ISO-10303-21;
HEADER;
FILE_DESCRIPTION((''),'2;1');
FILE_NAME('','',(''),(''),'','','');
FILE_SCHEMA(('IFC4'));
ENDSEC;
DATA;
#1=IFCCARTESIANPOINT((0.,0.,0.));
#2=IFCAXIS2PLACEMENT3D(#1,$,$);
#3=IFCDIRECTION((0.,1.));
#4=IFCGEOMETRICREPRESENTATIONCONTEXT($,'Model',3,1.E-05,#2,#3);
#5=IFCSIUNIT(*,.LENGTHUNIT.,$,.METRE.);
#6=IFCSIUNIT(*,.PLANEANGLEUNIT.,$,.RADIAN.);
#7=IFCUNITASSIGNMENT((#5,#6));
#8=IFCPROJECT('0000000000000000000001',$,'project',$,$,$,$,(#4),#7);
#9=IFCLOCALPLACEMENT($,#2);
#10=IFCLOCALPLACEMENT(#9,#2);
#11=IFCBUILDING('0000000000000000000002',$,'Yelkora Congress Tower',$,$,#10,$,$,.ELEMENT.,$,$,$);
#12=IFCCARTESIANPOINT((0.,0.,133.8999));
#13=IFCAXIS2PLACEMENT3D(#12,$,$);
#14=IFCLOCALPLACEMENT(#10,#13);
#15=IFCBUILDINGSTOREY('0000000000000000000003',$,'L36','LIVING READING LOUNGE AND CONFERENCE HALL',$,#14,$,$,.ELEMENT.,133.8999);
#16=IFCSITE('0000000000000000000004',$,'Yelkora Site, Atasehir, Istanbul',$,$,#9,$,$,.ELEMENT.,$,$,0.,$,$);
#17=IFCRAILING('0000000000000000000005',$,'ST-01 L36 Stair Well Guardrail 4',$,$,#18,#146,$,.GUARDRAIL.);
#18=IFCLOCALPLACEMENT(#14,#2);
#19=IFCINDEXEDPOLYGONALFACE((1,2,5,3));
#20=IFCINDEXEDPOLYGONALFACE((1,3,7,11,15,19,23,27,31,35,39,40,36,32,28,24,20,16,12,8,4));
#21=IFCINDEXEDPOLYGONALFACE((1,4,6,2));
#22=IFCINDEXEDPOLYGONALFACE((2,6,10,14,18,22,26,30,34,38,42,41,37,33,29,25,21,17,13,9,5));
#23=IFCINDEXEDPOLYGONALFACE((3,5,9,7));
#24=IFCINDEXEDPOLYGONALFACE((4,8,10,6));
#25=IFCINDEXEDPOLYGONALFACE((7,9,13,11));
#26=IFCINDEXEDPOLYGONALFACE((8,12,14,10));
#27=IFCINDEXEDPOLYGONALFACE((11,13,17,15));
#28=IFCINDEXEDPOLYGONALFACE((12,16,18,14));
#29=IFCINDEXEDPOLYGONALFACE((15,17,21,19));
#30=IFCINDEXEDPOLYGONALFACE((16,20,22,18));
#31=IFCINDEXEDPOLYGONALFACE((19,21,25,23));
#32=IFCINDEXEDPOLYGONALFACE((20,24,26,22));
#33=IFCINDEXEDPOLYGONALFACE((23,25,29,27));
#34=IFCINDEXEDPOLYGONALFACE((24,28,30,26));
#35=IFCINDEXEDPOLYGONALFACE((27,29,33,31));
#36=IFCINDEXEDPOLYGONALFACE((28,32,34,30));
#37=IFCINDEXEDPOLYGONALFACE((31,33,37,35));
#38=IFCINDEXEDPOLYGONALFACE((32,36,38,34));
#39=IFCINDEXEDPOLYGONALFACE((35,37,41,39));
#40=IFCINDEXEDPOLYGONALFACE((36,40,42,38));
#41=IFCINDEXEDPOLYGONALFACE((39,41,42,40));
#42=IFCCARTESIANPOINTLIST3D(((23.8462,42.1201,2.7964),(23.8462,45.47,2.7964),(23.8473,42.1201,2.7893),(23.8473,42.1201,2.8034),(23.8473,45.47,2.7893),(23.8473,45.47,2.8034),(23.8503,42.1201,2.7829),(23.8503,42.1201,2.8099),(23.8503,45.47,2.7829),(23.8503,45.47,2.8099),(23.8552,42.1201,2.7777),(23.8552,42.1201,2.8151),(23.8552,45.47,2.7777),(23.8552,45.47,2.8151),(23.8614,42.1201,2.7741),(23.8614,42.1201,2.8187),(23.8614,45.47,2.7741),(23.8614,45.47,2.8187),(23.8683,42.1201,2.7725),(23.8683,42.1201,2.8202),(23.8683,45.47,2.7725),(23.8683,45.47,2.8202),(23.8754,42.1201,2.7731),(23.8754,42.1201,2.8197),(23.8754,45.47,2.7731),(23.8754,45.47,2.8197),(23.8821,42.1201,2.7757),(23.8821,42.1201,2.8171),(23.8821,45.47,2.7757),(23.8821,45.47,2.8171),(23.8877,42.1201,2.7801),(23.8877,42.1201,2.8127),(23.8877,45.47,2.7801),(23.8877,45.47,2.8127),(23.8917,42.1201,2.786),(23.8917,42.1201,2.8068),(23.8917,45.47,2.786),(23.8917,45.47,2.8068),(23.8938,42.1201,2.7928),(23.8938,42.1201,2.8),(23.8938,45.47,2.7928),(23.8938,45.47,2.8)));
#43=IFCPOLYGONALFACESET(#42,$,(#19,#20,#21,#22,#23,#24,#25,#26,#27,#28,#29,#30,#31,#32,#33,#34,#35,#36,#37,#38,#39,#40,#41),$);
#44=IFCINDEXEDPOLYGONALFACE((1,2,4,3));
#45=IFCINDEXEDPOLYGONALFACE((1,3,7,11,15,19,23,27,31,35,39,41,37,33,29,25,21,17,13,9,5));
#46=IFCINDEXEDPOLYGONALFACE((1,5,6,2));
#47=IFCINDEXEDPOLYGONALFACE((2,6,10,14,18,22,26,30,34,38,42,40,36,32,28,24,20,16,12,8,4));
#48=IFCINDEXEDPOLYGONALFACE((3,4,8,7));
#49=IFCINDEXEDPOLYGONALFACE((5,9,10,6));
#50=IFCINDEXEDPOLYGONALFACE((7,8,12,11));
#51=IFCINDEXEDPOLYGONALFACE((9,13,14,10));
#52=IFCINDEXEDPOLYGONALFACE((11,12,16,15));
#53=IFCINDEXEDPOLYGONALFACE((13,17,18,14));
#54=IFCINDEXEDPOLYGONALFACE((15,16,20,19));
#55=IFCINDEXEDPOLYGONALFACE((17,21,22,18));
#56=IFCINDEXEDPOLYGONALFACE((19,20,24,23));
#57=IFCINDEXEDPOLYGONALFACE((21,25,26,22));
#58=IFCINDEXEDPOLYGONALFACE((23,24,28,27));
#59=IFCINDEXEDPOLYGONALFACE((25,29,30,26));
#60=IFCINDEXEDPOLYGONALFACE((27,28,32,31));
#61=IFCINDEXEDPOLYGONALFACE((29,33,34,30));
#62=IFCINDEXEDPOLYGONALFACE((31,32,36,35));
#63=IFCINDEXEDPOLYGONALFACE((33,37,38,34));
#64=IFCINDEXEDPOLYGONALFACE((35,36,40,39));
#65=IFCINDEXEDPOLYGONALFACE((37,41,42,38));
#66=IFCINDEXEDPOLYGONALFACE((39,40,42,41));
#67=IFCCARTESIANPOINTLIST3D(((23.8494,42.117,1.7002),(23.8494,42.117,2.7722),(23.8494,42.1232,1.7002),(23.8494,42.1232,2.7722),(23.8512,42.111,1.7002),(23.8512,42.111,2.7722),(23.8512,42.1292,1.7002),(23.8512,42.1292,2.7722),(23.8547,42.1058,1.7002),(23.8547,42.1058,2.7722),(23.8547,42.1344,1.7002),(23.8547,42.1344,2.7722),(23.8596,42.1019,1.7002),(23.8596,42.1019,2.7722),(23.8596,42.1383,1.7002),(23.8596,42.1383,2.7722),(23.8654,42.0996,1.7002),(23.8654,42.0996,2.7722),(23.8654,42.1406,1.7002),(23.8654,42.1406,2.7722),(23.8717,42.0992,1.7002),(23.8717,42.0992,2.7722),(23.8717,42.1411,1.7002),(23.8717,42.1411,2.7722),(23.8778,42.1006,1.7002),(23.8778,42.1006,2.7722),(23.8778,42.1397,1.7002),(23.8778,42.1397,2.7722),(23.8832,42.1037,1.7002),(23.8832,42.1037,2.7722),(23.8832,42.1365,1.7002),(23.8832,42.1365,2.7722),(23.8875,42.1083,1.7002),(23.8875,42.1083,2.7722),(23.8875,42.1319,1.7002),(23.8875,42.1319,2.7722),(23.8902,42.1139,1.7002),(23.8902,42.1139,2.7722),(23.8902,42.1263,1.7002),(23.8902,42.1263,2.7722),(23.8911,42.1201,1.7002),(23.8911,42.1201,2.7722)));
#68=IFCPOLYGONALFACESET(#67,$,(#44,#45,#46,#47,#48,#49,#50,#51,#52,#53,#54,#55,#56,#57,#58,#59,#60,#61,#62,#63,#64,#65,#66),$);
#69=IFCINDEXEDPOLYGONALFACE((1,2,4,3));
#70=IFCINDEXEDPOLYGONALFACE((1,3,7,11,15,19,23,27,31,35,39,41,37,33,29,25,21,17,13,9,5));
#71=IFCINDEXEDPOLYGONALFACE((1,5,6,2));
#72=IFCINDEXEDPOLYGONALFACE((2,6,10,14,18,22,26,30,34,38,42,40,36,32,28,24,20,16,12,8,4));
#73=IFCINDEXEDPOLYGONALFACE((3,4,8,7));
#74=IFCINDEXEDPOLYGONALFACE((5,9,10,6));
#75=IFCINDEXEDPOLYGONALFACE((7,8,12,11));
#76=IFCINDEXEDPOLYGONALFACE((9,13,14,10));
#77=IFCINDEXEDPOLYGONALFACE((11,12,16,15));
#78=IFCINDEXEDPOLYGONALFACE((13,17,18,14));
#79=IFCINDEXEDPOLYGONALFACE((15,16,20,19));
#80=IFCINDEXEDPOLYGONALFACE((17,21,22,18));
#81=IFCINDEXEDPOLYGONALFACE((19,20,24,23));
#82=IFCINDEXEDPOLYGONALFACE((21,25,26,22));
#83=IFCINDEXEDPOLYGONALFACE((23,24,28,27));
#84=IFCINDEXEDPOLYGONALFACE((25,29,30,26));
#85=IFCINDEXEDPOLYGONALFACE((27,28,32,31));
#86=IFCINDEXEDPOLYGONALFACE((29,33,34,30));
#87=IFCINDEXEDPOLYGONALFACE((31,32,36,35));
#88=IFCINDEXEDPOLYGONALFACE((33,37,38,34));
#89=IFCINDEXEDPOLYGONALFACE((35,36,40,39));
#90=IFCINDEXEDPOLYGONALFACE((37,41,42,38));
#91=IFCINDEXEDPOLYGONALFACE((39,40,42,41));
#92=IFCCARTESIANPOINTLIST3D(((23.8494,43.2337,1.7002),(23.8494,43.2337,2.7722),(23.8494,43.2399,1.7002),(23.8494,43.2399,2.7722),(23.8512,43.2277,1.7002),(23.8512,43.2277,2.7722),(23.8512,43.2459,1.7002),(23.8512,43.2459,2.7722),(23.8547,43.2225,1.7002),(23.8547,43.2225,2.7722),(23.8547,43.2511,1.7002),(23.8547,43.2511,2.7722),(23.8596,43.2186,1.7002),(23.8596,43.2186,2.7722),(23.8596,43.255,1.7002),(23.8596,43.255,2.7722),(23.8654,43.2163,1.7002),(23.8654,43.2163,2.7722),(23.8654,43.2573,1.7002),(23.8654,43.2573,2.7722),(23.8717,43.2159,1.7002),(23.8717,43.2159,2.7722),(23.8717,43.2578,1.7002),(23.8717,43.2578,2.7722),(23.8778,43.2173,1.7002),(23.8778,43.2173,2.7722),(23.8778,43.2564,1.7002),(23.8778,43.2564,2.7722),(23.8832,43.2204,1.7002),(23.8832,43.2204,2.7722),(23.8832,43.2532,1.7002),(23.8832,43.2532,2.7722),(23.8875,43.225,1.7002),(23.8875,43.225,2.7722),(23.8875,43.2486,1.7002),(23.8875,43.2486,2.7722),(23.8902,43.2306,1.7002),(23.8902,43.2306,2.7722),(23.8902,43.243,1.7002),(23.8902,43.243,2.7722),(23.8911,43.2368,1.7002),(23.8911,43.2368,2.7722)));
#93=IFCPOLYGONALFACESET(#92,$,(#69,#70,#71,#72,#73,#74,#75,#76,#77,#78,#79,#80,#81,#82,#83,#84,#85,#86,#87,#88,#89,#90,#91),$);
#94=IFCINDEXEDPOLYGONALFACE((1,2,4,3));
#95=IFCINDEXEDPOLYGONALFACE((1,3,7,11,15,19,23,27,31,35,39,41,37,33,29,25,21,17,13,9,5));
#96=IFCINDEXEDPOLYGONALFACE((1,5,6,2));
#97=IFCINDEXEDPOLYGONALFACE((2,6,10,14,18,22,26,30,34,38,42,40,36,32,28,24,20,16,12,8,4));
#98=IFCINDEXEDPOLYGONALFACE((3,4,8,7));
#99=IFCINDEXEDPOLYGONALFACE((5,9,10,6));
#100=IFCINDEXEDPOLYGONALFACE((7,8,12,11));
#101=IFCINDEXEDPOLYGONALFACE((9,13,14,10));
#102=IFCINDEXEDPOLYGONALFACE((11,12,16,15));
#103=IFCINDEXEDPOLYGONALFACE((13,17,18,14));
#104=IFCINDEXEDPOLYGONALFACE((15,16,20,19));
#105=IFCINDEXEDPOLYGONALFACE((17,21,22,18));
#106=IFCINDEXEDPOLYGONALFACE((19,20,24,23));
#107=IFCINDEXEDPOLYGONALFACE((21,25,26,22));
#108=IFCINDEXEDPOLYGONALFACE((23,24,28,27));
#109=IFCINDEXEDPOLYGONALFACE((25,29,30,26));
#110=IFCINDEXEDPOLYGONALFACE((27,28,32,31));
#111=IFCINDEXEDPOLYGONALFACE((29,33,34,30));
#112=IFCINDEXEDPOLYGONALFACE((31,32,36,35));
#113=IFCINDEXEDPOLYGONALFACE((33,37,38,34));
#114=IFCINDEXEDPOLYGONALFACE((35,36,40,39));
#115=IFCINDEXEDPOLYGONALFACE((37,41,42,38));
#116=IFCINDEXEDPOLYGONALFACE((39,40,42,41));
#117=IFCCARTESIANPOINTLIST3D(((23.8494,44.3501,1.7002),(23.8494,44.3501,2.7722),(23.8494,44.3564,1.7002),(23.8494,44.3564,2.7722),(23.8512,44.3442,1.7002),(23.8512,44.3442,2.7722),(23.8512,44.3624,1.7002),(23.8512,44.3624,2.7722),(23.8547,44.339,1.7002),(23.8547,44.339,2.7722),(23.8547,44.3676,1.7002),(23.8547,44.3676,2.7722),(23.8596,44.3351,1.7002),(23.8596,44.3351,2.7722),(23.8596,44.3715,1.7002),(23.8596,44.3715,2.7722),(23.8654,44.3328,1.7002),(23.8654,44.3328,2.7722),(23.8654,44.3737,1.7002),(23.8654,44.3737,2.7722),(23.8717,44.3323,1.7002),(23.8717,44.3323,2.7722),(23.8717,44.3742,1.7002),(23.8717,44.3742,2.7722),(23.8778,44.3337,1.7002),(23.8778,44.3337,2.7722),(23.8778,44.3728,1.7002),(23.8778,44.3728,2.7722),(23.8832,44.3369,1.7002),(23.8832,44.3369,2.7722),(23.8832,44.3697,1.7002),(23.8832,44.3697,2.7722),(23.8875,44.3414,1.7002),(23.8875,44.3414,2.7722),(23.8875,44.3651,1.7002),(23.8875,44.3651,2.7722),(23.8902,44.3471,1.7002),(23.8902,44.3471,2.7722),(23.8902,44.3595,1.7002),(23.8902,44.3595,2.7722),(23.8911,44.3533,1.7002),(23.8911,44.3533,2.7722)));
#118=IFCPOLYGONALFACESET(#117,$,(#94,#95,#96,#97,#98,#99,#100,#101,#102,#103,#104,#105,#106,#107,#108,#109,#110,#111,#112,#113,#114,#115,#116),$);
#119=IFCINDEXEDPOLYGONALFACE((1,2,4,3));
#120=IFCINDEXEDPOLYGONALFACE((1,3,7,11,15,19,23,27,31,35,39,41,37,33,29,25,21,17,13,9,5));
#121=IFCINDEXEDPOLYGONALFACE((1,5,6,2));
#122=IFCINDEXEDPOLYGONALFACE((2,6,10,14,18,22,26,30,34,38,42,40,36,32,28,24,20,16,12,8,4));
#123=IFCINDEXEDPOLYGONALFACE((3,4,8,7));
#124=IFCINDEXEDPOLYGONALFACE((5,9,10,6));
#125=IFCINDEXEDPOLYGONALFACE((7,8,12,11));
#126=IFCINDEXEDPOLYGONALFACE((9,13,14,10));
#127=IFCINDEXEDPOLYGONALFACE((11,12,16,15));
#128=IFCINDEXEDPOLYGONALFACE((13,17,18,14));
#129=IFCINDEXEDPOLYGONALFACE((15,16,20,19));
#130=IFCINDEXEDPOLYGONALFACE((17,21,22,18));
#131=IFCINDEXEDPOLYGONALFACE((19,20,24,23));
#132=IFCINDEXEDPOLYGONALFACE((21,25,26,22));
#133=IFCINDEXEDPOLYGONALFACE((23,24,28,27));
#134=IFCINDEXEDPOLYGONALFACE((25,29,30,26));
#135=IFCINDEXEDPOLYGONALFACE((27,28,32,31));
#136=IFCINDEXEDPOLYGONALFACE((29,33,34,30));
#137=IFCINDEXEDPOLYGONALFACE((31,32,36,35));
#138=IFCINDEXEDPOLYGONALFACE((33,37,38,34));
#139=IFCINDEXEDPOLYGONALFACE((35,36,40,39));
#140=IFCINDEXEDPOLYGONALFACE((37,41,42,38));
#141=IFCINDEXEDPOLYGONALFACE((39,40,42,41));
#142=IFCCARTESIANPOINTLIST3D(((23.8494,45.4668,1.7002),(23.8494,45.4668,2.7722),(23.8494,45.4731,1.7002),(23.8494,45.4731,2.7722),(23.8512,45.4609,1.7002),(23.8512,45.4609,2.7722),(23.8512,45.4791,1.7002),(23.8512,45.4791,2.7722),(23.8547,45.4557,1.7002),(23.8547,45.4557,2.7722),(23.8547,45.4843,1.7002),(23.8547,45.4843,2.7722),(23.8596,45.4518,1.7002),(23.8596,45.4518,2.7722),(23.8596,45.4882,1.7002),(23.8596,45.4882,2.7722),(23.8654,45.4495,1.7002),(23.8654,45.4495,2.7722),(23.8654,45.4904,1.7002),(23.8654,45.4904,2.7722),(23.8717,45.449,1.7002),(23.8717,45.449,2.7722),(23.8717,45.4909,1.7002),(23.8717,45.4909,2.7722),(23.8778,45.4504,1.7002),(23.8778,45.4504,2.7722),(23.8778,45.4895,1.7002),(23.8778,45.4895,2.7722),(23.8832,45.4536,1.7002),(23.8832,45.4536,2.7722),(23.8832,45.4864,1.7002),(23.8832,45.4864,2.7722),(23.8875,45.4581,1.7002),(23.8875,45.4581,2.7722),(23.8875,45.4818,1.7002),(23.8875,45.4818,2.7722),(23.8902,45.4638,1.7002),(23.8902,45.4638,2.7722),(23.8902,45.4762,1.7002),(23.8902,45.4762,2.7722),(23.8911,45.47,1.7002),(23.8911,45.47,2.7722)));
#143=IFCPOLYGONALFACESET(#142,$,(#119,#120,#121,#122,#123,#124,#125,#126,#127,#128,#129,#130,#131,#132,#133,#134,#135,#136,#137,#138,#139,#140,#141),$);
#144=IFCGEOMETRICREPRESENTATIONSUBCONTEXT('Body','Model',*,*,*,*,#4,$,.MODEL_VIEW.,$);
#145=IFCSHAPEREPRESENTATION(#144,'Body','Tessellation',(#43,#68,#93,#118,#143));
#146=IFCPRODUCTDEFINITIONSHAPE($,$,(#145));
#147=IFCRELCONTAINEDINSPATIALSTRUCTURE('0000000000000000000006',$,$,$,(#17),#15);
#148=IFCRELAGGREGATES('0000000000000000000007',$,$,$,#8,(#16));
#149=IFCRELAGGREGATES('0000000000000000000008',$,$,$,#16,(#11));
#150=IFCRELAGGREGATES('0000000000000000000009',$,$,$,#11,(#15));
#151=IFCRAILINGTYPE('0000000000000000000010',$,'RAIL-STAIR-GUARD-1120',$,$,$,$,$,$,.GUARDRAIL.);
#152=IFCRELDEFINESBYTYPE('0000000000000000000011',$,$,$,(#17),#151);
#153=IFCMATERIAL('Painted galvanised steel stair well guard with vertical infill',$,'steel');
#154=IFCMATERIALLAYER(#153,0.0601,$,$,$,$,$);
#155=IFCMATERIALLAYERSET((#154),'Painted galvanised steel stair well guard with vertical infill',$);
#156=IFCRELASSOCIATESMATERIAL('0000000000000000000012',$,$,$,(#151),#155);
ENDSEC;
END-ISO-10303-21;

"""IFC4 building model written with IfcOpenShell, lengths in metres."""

from ifc_helpers import new_model, si_unit, direction, frame, origin, origin_2d, place, context, subcontext, project, spatial, circle, extrude, material, layer, layer_set, type_object, element, save


model = new_model("IFC4")

# Units and contexts
model_context = context("Model", 3, precision=1e-05, world=origin(), true_north=direction((0.0, 1.0)))
body_context = subcontext(model_context, "Body", "Model", "MODEL_VIEW")
ifc_project = project(units=[si_unit("LENGTHUNIT", "METRE"), si_unit("PLANEANGLEUNIT", "RADIAN")], contexts=[model_context])

# Site, building, storey
site_placement = place(None, origin())
site = spatial("IfcSite", under=ifc_project, at=site_placement, Name="Yelkora Site, Atasehir, Istanbul", CompositionType="ELEMENT", RefElevation=0.0)
building_placement = place(site_placement, origin())
building = spatial("IfcBuilding", under=site, at=building_placement, Name="Yelkora Congress Tower", CompositionType="ELEMENT")
storey_placement = place(building_placement, frame((0.0, 0.0, 133.8999)))
storey = spatial("IfcBuildingStorey", under=building, at=storey_placement, Name="L36", Description="LIVING READING LOUNGE AND CONFERENCE HALL", CompositionType="ELEMENT", Elevation=133.8999)

# Railing
ifc_material_1 = material(Name="Painted galvanised steel stair well guard with vertical infill", Category="steel")
ifc_layer_1 = layer(ifc_material_1, 0.0601)
ifc_layer_set_1 = layer_set([ifc_layer_1], Name="Painted galvanised steel stair well guard with vertical infill")
railing_type_1 = type_object("IfcRailingType", Name="RAIL-STAIR-GUARD-1120", PredefinedType="GUARDRAIL", material=ifc_layer_set_1)
railing_1_placement = place(storey_placement, frame((23.8701, 42.1201, 1.7002)))
element("IfcRailing", 1, at=railing_1_placement, inside=storey, type_object=railing_type_1, Name="ST-01 L36 Stair Well Guardrail 4", PredefinedType="GUARDRAIL", context=body_context, shape_type="SweptSolid", body=[
    extrude(circle(Radius=0.0239, at=origin_2d()), frame((0.0, 0.0, 1.0962), z_axis=(0.0, 1.0, 0.0), x_axis=(-1.0, 0.0, 0.0)), (0.0, 0.0, 1.0), 3.3499),
    extrude(circle(Radius=0.021, at=origin_2d()), origin(), (0.0, 0.0, 1.0), 1.072),
    extrude(circle(Radius=0.021, at=origin_2d()), frame((0.0, 1.1167, 0.0)), (0.0, 0.0, 1.0), 1.072),
    extrude(circle(Radius=0.021, at=origin_2d()), frame((0.0, 2.2332, 0.0)), (0.0, 0.0, 1.0), 1.072),
    extrude(circle(Radius=0.021, at=origin_2d()), frame((0.0, 3.3499, 0.0)), (0.0, 0.0, 1.0), 1.072),
])

save(model, "model.ifc")
